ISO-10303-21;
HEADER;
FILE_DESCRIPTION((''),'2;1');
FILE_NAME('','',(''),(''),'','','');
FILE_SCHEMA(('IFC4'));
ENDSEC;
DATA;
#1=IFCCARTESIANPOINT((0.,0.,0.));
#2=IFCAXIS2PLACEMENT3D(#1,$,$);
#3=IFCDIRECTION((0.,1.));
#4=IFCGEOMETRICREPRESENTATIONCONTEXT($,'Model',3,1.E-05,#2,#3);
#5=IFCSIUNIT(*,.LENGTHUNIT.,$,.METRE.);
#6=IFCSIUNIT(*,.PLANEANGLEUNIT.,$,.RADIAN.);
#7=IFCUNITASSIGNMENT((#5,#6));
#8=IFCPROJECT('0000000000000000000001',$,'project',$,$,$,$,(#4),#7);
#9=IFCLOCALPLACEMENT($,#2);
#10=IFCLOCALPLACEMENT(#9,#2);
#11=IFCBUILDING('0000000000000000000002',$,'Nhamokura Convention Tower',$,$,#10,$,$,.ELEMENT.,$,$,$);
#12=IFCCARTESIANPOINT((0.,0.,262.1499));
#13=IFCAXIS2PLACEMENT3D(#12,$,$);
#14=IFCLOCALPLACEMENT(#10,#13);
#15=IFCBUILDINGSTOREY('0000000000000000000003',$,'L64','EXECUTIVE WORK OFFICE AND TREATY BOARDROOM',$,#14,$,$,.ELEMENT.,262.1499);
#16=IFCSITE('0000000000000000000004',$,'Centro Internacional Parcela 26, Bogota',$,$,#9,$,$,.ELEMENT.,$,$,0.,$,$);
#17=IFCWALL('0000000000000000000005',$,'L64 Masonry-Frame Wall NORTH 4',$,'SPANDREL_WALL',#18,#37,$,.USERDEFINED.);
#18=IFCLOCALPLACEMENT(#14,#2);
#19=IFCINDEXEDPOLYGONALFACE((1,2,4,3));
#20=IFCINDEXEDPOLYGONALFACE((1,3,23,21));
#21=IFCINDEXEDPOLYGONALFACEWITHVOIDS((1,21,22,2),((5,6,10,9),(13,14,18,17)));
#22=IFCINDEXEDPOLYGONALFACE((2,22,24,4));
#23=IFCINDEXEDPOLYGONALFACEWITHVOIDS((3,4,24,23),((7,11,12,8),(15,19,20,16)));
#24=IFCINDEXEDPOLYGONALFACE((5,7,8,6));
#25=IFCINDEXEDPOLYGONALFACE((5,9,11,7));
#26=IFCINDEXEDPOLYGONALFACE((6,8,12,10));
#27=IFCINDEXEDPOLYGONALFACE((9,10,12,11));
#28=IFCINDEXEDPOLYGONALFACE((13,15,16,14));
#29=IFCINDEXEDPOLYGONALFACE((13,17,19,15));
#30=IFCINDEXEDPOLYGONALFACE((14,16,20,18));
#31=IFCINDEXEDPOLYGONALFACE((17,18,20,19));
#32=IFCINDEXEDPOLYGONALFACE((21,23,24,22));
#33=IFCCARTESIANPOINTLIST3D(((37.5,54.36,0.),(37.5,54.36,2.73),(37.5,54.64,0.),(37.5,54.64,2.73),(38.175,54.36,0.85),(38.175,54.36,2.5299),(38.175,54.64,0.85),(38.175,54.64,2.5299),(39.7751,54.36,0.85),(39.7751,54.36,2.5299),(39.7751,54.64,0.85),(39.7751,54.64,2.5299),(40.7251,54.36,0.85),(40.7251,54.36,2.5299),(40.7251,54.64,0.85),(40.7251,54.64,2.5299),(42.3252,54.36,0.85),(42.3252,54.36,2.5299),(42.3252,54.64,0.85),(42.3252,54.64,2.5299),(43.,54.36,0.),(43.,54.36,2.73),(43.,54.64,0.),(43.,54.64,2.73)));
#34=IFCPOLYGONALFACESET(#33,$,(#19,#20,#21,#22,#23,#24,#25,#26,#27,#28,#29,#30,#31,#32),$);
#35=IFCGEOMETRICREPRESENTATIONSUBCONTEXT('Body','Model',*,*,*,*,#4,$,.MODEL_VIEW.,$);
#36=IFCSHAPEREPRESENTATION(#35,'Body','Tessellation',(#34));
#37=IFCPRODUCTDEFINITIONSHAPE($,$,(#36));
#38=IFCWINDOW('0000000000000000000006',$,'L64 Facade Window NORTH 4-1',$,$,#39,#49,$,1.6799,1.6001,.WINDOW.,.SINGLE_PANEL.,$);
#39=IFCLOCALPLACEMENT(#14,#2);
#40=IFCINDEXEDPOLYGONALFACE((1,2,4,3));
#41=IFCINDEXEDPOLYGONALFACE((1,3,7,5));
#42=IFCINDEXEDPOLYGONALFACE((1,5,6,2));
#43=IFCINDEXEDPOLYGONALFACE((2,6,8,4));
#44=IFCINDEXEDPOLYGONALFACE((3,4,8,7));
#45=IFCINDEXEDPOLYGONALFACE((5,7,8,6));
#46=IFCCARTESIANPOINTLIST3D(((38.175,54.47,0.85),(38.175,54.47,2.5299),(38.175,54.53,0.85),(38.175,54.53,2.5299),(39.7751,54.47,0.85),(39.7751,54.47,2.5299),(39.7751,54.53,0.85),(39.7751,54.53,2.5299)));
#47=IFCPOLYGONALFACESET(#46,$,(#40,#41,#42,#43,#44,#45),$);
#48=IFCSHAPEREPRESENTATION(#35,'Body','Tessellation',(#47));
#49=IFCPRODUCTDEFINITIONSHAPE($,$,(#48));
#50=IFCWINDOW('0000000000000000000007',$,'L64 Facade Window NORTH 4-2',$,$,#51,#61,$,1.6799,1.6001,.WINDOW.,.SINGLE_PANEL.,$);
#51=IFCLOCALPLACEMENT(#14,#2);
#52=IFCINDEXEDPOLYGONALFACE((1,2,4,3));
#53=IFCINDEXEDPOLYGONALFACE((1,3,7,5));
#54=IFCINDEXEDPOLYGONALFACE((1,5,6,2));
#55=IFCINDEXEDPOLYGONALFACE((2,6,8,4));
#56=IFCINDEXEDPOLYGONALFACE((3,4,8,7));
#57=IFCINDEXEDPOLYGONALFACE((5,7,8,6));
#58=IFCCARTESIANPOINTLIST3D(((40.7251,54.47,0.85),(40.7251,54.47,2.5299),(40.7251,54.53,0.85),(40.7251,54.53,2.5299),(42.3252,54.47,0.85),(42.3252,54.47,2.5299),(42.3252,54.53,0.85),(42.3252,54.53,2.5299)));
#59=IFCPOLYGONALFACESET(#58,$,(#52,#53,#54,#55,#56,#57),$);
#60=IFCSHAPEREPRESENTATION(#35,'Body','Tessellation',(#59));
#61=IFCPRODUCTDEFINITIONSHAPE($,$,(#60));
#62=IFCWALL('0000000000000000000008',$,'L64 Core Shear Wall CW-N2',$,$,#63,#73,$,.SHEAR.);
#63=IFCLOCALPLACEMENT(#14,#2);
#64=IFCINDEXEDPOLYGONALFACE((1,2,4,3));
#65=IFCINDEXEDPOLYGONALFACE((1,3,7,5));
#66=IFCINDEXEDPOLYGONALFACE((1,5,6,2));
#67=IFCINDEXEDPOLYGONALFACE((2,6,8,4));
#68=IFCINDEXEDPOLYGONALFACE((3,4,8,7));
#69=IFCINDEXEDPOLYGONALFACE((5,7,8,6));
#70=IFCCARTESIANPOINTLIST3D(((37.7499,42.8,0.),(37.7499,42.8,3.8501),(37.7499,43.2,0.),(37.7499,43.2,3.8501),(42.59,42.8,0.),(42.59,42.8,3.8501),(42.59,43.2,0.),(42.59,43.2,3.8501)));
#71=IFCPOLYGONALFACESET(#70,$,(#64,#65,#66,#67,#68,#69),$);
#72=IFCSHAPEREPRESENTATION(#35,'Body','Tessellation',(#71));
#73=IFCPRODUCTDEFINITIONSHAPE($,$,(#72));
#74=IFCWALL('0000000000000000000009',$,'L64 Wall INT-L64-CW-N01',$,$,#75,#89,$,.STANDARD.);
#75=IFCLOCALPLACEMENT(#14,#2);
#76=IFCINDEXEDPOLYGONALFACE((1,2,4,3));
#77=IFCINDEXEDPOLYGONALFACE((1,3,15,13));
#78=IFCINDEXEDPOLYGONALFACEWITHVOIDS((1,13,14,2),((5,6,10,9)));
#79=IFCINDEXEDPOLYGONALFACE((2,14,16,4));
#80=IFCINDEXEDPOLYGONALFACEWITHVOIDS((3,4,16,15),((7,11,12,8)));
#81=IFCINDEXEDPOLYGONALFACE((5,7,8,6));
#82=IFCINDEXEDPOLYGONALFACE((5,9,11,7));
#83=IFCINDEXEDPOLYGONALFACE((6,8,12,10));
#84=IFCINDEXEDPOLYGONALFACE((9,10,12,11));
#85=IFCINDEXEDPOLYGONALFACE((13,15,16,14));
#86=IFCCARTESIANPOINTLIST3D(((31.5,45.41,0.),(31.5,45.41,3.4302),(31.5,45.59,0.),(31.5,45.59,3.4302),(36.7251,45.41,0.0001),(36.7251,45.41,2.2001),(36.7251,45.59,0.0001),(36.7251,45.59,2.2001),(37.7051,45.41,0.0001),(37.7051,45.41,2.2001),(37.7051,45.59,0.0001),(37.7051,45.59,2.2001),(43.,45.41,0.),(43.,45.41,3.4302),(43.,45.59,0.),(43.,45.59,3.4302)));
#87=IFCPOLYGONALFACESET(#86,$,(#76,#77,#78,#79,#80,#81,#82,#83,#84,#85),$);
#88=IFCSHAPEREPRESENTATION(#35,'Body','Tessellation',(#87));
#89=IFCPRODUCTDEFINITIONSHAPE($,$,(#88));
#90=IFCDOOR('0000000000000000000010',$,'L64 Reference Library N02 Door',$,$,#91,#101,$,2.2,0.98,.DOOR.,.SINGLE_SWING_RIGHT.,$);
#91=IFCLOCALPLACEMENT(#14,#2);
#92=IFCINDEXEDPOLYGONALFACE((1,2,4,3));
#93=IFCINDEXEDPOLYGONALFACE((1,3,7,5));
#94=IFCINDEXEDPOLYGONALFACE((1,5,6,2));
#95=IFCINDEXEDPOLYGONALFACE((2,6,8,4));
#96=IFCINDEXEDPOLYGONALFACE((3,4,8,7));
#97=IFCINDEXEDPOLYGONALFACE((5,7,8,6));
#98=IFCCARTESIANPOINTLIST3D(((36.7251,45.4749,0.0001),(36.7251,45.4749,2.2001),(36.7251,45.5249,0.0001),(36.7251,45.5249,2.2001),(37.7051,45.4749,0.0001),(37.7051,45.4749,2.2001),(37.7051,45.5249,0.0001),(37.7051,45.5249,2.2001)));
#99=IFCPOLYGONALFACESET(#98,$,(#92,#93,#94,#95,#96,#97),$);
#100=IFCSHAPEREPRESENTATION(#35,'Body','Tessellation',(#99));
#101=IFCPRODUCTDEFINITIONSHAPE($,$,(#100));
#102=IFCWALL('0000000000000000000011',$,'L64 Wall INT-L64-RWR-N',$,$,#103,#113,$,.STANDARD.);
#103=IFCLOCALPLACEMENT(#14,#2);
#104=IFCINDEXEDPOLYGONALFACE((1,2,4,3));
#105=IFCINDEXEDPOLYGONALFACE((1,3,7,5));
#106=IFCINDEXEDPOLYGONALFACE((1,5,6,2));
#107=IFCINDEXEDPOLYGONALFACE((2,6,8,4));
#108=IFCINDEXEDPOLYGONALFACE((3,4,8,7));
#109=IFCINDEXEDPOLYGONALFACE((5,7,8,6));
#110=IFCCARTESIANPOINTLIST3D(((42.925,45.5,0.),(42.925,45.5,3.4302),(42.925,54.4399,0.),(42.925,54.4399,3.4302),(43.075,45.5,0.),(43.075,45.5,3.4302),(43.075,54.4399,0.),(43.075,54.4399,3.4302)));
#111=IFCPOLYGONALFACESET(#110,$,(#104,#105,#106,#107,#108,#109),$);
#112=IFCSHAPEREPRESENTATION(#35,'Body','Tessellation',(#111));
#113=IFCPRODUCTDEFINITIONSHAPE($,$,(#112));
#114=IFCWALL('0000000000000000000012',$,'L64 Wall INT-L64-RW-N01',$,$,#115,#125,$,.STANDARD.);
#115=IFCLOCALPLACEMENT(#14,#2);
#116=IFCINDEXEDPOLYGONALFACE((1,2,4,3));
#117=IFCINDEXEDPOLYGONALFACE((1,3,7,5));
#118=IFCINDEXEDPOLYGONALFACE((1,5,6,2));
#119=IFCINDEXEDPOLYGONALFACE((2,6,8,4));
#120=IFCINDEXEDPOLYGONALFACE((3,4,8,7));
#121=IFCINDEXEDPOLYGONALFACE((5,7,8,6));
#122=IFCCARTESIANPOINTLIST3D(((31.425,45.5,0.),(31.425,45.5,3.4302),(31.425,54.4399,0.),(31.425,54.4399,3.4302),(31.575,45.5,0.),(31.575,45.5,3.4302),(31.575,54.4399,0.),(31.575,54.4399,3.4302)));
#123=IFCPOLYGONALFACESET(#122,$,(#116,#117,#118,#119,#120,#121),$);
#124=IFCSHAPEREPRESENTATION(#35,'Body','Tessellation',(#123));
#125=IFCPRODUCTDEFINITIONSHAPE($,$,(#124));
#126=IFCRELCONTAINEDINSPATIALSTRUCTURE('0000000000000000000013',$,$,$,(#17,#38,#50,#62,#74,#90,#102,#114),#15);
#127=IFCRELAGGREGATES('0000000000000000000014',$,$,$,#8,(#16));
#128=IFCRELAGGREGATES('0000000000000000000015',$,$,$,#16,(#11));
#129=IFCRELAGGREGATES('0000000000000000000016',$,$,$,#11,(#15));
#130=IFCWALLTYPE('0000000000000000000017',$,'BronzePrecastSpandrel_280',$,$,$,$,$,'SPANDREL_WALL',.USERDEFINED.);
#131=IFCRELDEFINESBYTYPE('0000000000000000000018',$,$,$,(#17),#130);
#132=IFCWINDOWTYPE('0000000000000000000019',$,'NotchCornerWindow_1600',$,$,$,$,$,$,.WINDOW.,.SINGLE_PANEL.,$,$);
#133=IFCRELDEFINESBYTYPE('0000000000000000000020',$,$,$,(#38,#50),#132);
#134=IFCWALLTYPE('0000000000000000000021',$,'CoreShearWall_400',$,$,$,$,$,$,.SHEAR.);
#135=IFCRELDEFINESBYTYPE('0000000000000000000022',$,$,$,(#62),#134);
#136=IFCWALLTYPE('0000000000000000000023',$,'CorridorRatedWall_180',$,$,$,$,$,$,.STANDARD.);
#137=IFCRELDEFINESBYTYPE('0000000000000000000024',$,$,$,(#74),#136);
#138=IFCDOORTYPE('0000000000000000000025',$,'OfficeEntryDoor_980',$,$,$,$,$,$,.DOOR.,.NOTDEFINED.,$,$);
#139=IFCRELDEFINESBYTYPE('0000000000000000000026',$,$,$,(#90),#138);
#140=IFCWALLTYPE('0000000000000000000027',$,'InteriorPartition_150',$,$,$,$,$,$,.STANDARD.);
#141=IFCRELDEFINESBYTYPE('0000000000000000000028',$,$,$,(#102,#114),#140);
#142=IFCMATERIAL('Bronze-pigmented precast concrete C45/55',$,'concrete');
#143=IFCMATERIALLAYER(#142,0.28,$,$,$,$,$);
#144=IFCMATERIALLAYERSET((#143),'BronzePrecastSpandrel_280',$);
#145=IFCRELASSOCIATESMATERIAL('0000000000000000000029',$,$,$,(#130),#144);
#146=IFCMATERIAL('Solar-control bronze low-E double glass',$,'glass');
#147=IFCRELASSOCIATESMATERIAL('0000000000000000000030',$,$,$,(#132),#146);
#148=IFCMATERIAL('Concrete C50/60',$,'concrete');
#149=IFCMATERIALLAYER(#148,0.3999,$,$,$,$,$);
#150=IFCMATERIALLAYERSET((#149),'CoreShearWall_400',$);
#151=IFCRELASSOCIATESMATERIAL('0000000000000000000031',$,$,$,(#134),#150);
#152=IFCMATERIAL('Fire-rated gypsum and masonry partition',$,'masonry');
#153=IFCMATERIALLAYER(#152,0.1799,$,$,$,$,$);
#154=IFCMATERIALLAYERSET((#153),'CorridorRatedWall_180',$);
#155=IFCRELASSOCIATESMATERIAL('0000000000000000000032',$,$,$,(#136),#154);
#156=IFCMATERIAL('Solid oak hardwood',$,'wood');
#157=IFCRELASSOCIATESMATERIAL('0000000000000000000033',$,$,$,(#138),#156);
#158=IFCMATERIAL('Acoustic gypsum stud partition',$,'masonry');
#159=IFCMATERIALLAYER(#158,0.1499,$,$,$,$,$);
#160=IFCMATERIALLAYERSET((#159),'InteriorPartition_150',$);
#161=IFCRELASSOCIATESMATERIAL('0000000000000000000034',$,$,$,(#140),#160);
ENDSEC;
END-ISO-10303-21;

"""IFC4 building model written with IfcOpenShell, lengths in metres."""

from ifc_helpers import new_model, si_unit, direction, frame, frame_2d, origin, place, context, subcontext, project, spatial, rectangle, extrude, material, layer, layer_set, type_object, element, fill, save


model = new_model("IFC4")

# Units and contexts
model_context = context("Model", 3, precision=1e-05, world=origin(), true_north=direction((0.0, 1.0)))
body_context = subcontext(model_context, "Body", "Model", "MODEL_VIEW")
ifc_project = project(units=[si_unit("LENGTHUNIT", "METRE"), si_unit("PLANEANGLEUNIT", "RADIAN")], contexts=[model_context])

# Site, building, storey
site_placement = place(None, origin())
site = spatial("IfcSite", under=ifc_project, at=site_placement, Name="Centro Internacional Parcela 26, Bogota", CompositionType="ELEMENT", RefElevation=0.0)
building_placement = place(site_placement, origin())
building = spatial("IfcBuilding", under=site, at=building_placement, Name="Nhamokura Convention Tower", CompositionType="ELEMENT")
storey_placement = place(building_placement, frame((0.0, 0.0, 262.1499)))
storey = spatial("IfcBuildingStorey", under=building, at=storey_placement, Name="L64", Description="EXECUTIVE WORK OFFICE AND TREATY BOARDROOM", CompositionType="ELEMENT", Elevation=262.1499)

# Shared definitions
ifc_material_1 = material(Name="Bronze-pigmented precast concrete C45/55", Category="concrete")
ifc_layer_1 = layer(ifc_material_1, 0.28)
ifc_layer_set_1 = layer_set([ifc_layer_1], Name="BronzePrecastSpandrel_280")
wall_type_1 = type_object("IfcWallType", Name="BronzePrecastSpandrel_280", ElementType="SPANDREL_WALL", PredefinedType="USERDEFINED", material=ifc_layer_set_1)

# Wall, openings, windows
wall_1_placement = place(storey_placement, frame((37.5, 54.5, 0.0), z_axis=(0.0, 0.0, 1.0), x_axis=(1.0, 0.0, 0.0)))
wall_1 = element("IfcWall", 1, at=wall_1_placement, inside=storey, type_object=wall_type_1, Name="L64 Masonry-Frame Wall NORTH 4", ObjectType="SPANDREL_WALL", PredefinedType="USERDEFINED", context=body_context, shape_type="SweptSolid", body=[
    extrude(rectangle(XDim=5.5, YDim=0.28, at=frame_2d((2.75, 0.0))), origin(), (0.0, 0.0, 1.0), 2.73),
])
opening_1_placement = place(wall_1_placement, frame((0.675, 0.0, 0.8501)))
opening_1 = element("IfcOpeningElement", 2, at=opening_1_placement, cuts=wall_1, PredefinedType="OPENING", context=body_context, shape_type="SweptSolid", body=[
    extrude(rectangle(XDim=1.6001, YDim=1.6799, at=frame_2d((0.8, 0.8398))), frame((0.0, 0.1499, 0.0), z_axis=(0.0, -1.0, 0.0), x_axis=(1.0, 0.0, 0.0)), (0.0, 0.0, 1.0), 0.3),
])
opening_2_placement = place(wall_1_placement, frame((3.2251, 0.0, 0.8501)))
opening_2 = element("IfcOpeningElement", 3, at=opening_2_placement, cuts=wall_1, PredefinedType="OPENING", context=body_context, shape_type="SweptSolid", body=[
    extrude(rectangle(XDim=1.6001, YDim=1.6799, at=frame_2d((0.8, 0.8398))), frame((0.0, 0.1499, 0.0), z_axis=(0.0, -1.0, 0.0), x_axis=(1.0, 0.0, 0.0)), (0.0, 0.0, 1.0), 0.3),
])
ifc_material_2 = material(Name="Solar-control bronze low-E double glass", Category="glass")
window_type_1 = type_object("IfcWindowType", Name="NotchCornerWindow_1600", PartitioningType="SINGLE_PANEL", PredefinedType="WINDOW", material=ifc_material_2)
window_1_placement = place(opening_1_placement, origin())
window_1 = element("IfcWindow", 4, at=window_1_placement, inside=storey, type_object=window_type_1, Name="L64 Facade Window NORTH 4-1", OverallHeight=1.6799, OverallWidth=1.6001, PartitioningType="SINGLE_PANEL", PredefinedType="WINDOW", context=body_context, shape_type="SweptSolid", body=[
    extrude(rectangle(XDim=1.6001, YDim=1.6799, at=frame_2d((0.8, 0.8398))), frame((0.0, 0.03, 0.0), z_axis=(0.0, -1.0, 0.0), x_axis=(1.0, 0.0, 0.0)), (0.0, 0.0, 1.0), 0.0601),
])
fill(opening_1, window_1)
window_2_placement = place(opening_2_placement, origin())
window_2 = element("IfcWindow", 5, at=window_2_placement, inside=storey, type_object=window_type_1, Name="L64 Facade Window NORTH 4-2", OverallHeight=1.6799, OverallWidth=1.6001, PartitioningType="SINGLE_PANEL", PredefinedType="WINDOW", context=body_context, shape_type="SweptSolid", body=[
    extrude(rectangle(XDim=1.6001, YDim=1.6799, at=frame_2d((0.8, 0.8398))), frame((0.0, 0.03, 0.0), z_axis=(0.0, -1.0, 0.0), x_axis=(1.0, 0.0, 0.0)), (0.0, 0.0, 1.0), 0.0601),
])
fill(opening_2, window_2)

# Wall
ifc_material_3 = material(Name="Concrete C50/60", Category="concrete")
ifc_layer_2 = layer(ifc_material_3, 0.3999)
ifc_layer_set_2 = layer_set([ifc_layer_2], Name="CoreShearWall_400")
wall_type_2 = type_object("IfcWallType", Name="CoreShearWall_400", PredefinedType="SHEAR", material=ifc_layer_set_2)
wall_2_placement = place(storey_placement, frame((37.75, 43.0, 0.0), z_axis=(0.0, 0.0, 1.0), x_axis=(1.0, 0.0, 0.0)))
element("IfcWall", 6, at=wall_2_placement, inside=storey, type_object=wall_type_2, Name="L64 Core Shear Wall CW-N2", PredefinedType="SHEAR", context=body_context, shape_type="SweptSolid", body=[
    extrude(rectangle(XDim=4.8401, YDim=0.3999, at=frame_2d((2.4199, 0.0))), origin(), (0.0, 0.0, 1.0), 3.8501),
])

# Wall, opening, door
ifc_material_4 = material(Name="Fire-rated gypsum and masonry partition", Category="masonry")
ifc_layer_3 = layer(ifc_material_4, 0.1799)
ifc_layer_set_3 = layer_set([ifc_layer_3], Name="CorridorRatedWall_180")
wall_type_3 = type_object("IfcWallType", Name="CorridorRatedWall_180", PredefinedType="STANDARD", material=ifc_layer_set_3)
wall_3_placement = place(storey_placement, frame((31.5, 45.5, 0.0), z_axis=(0.0, 0.0, 1.0), x_axis=(1.0, 0.0, 0.0)))
wall_3 = element("IfcWall", 7, at=wall_3_placement, inside=storey, type_object=wall_type_3, Name="L64 Wall INT-L64-CW-N01", PredefinedType="STANDARD", context=body_context, shape_type="SweptSolid", body=[
    extrude(rectangle(XDim=11.5, YDim=0.1799, at=frame_2d((5.75, 0.0))), origin(), (0.0, 0.0, 1.0), 3.4302),
])
opening_3_placement = place(wall_3_placement, frame((5.2251, 0.0, 0.0)))
opening_3 = element("IfcOpeningElement", 8, at=opening_3_placement, cuts=wall_3, PredefinedType="OPENING", context=body_context, shape_type="SweptSolid", body=[
    extrude(rectangle(XDim=0.98, YDim=2.2, at=frame_2d((0.49, 1.1001))), frame((0.0, 0.0999, 0.0), z_axis=(0.0, -1.0, 0.0), x_axis=(1.0, 0.0, 0.0)), (0.0, 0.0, 1.0), 0.2),
])
ifc_material_5 = material(Name="Solid oak hardwood", Category="wood")
door_type = type_object("IfcDoorType", Name="OfficeEntryDoor_980", OperationType="NOTDEFINED", PredefinedType="DOOR", material=ifc_material_5)
door_placement = place(opening_3_placement, origin())
door = element("IfcDoor", 9, at=door_placement, inside=storey, type_object=door_type, Name="L64 Reference Library N02 Door", OperationType="SINGLE_SWING_RIGHT", OverallHeight=2.2, OverallWidth=0.98, PredefinedType="DOOR", context=body_context, shape_type="SweptSolid", body=[
    extrude(rectangle(XDim=0.98, YDim=2.2, at=frame_2d((0.49, 1.1001))), frame((0.0, 0.0249, 0.0), z_axis=(0.0, -1.0, 0.0), x_axis=(1.0, 0.0, 0.0)), (0.0, 0.0, 1.0), 0.05),
])
fill(opening_3, door)

# Walls
ifc_material_6 = material(Name="Acoustic gypsum stud partition", Category="masonry")
ifc_layer_4 = layer(ifc_material_6, 0.1499)
ifc_layer_set_4 = layer_set([ifc_layer_4], Name="InteriorPartition_150")
wall_type_4 = type_object("IfcWallType", Name="InteriorPartition_150", PredefinedType="STANDARD", material=ifc_layer_set_4)
for number, where, z_axis, x_axis, name in (
    (10, (43.0, 45.5, 0.0), (0.0, 0.0, 1.0), (0.0, 1.0, 0.0), "L64 Wall INT-L64-RWR-N"),
    (11, (31.5, 45.5, 0.0), (0.0, 0.0, 1.0), (0.0, 1.0, 0.0), "L64 Wall INT-L64-RW-N01"),
):
    element("IfcWall", number, at=place(storey_placement, frame(where, z_axis=z_axis, x_axis=x_axis)), inside=storey, type_object=wall_type_4, Name=name, PredefinedType="STANDARD", context=body_context, shape_type="SweptSolid", body=[
        extrude(rectangle(XDim=8.9399, YDim=0.1499, at=frame_2d((4.47, 0.0))), origin(), (0.0, 0.0, 1.0), 3.4302),
    ])

save(model, "model.ifc")
